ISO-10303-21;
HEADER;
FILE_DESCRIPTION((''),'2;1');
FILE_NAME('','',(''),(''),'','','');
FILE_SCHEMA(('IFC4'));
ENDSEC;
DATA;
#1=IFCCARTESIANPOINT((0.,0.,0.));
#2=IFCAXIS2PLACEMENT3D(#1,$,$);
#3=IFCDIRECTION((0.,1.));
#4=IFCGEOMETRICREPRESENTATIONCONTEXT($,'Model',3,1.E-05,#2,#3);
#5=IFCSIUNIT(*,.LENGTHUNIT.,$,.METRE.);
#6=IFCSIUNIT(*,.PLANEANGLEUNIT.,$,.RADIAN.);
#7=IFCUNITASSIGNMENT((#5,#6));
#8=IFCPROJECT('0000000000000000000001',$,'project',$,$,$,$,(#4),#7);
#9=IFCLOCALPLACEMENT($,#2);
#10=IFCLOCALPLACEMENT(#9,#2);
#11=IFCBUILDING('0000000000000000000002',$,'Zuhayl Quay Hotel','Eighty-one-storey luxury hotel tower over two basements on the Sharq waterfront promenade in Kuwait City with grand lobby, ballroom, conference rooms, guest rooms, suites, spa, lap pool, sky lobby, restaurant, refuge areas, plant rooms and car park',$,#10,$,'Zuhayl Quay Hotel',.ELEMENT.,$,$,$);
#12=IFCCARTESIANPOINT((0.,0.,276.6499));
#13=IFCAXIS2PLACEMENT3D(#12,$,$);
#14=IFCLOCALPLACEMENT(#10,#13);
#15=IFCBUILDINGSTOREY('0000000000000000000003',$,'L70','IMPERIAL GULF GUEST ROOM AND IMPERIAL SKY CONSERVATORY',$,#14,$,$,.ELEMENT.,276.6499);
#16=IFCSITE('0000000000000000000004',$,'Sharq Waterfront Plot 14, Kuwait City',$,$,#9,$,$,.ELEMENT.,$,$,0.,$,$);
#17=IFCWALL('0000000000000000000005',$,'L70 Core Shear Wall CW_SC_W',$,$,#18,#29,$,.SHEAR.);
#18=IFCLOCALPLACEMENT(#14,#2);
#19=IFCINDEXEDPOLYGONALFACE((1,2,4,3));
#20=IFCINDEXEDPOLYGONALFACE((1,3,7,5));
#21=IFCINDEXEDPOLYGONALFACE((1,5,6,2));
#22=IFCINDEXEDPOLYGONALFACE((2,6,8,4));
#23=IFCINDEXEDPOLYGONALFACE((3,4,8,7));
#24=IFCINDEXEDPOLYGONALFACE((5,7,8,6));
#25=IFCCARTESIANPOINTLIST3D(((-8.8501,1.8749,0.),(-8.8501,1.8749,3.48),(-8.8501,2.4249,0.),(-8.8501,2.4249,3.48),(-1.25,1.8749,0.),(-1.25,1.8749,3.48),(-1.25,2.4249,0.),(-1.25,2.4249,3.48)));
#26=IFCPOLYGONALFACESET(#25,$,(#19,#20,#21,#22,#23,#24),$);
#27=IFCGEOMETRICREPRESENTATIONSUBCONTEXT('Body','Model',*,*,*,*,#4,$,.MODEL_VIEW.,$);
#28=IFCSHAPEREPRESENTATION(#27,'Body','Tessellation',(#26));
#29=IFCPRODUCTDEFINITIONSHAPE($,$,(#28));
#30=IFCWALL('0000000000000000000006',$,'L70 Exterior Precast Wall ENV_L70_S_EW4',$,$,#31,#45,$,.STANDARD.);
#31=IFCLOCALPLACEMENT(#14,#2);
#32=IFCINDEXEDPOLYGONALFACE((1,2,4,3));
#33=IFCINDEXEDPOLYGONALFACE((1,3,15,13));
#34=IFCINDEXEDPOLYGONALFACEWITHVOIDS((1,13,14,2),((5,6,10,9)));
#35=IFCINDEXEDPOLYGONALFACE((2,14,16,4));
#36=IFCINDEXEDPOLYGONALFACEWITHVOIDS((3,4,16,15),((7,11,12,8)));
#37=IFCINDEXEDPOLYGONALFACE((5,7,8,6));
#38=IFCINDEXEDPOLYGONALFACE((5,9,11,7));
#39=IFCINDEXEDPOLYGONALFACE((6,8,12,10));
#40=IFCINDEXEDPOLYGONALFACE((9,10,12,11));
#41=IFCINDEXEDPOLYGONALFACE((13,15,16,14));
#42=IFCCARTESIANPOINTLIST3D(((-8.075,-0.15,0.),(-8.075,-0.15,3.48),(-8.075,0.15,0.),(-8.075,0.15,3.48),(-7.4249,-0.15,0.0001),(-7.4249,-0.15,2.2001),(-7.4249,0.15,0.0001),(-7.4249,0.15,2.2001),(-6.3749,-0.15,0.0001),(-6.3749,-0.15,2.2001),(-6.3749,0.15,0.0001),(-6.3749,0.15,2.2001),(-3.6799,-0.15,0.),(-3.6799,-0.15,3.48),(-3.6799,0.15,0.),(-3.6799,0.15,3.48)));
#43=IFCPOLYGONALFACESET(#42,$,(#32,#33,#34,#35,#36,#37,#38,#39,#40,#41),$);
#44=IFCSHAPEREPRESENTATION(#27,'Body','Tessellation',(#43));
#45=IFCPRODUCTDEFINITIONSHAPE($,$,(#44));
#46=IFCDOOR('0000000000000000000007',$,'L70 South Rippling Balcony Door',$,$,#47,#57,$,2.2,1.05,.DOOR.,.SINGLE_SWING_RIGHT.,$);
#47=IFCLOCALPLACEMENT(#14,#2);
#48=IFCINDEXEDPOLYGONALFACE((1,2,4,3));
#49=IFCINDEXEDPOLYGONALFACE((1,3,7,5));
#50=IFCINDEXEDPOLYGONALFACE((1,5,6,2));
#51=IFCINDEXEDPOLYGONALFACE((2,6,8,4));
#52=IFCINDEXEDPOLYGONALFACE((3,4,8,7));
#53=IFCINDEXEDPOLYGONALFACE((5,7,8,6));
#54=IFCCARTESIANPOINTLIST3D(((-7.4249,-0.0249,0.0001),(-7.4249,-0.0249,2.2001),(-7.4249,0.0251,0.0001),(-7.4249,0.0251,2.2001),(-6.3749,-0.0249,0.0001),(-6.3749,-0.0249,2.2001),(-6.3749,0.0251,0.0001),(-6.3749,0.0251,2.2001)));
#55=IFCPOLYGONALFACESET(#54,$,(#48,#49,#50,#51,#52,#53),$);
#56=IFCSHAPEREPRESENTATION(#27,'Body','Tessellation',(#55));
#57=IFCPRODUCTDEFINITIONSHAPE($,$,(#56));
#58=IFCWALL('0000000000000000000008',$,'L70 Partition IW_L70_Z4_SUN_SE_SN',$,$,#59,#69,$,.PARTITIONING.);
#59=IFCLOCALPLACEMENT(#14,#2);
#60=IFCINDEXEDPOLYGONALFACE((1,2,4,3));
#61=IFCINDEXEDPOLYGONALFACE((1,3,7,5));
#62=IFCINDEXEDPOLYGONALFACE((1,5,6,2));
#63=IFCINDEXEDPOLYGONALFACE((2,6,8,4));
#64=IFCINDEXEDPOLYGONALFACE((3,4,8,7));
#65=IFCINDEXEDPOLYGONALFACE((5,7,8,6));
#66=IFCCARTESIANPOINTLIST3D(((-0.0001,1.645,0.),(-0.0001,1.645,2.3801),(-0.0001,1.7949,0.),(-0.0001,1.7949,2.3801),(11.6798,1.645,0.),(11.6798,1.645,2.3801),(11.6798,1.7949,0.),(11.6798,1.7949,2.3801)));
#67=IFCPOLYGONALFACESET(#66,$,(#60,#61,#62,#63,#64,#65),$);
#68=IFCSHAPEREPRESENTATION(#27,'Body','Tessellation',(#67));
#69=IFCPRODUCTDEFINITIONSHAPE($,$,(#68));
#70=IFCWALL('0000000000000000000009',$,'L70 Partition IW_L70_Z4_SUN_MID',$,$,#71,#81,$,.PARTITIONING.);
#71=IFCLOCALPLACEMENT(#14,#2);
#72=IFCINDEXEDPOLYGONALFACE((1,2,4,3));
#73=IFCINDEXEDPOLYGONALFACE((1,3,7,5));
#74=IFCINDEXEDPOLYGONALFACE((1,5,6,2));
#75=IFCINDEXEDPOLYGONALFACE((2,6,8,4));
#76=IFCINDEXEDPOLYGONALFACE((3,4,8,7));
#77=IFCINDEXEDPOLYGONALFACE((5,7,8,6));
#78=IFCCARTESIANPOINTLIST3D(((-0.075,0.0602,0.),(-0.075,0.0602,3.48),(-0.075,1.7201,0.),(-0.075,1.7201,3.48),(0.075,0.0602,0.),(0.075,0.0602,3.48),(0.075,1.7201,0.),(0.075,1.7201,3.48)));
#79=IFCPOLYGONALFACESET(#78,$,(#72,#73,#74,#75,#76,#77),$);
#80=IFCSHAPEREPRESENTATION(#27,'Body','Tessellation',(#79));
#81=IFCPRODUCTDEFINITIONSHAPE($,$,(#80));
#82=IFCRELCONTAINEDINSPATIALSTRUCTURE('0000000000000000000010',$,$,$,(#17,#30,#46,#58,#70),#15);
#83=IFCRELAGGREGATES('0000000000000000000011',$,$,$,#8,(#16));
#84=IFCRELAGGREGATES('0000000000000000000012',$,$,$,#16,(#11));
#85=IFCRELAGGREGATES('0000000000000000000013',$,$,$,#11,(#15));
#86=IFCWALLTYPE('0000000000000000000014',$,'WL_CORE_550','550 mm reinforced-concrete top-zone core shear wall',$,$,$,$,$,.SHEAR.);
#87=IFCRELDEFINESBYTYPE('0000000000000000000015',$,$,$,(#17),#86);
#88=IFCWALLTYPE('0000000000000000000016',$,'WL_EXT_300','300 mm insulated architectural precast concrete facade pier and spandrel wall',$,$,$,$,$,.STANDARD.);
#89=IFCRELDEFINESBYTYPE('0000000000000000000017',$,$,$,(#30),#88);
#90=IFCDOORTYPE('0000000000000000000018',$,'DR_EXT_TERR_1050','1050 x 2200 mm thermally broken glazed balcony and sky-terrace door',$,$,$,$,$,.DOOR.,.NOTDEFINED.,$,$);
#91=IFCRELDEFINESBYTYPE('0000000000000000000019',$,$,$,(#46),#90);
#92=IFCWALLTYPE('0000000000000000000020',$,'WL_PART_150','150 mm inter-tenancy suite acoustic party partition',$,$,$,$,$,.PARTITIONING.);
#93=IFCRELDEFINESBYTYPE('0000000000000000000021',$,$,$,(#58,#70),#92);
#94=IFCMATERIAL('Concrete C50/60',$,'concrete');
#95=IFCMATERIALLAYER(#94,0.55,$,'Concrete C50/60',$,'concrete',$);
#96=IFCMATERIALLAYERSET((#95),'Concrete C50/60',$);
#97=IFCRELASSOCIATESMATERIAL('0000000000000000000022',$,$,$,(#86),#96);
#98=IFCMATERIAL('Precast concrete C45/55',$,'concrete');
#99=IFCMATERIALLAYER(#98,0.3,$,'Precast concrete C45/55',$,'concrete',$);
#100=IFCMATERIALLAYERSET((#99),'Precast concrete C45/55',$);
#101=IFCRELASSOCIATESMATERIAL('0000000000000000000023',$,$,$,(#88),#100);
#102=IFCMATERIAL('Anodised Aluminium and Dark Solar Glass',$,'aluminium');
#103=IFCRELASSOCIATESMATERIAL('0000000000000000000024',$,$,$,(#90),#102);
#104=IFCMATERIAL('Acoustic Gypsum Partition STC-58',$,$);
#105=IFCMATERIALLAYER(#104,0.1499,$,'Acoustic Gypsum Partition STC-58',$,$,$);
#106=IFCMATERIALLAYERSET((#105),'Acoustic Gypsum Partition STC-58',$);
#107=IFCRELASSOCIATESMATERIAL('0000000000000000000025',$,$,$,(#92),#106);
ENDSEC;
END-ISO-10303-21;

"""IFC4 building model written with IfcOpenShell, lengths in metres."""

from ifc_helpers import new_model, si_unit, direction, frame, frame_2d, origin, place, context, subcontext, project, spatial, rectangle, extrude, material, layer, layer_set, type_object, element, fill, save


model = new_model("IFC4")

# Units and contexts
model_context = context("Model", 3, precision=1e-05, world=origin(), true_north=direction((0.0, 1.0)))
body_context = subcontext(model_context, "Body", "Model", "MODEL_VIEW")
ifc_project = project(units=[si_unit("LENGTHUNIT", "METRE"), si_unit("PLANEANGLEUNIT", "RADIAN")], contexts=[model_context])

# Site, building, storey
site_placement = place(None, origin())
site = spatial("IfcSite", under=ifc_project, at=site_placement, Name="Sharq Waterfront Plot 14, Kuwait City", CompositionType="ELEMENT", RefElevation=0.0)
building_placement = place(site_placement, origin())
building = spatial("IfcBuilding", under=site, at=building_placement, Name="Zuhayl Quay Hotel", Description="Eighty-one-storey luxury hotel tower over two basements on the Sharq waterfront promenade in Kuwait City with grand lobby, ballroom, conference rooms, guest rooms, suites, spa, lap pool, sky lobby, restaurant, refuge areas, plant rooms and car park", LongName="Zuhayl Quay Hotel", CompositionType="ELEMENT")
storey_placement = place(building_placement, frame((0.0, 0.0, 276.6499)))
storey = spatial("IfcBuildingStorey", under=building, at=storey_placement, Name="L70", Description="IMPERIAL GULF GUEST ROOM AND IMPERIAL SKY CONSERVATORY", CompositionType="ELEMENT", Elevation=276.6499)

# Wall
ifc_material_1 = material(Name="Concrete C50/60", Category="concrete")
ifc_layer_1 = layer(ifc_material_1, 0.55, Name="Concrete C50/60", Category="concrete")
ifc_layer_set_1 = layer_set([ifc_layer_1], Name="Concrete C50/60")
wall_type_1 = type_object("IfcWallType", Name="WL_CORE_550", Description="550 mm reinforced-concrete top-zone core shear wall", PredefinedType="SHEAR", material=ifc_layer_set_1)
wall_1_placement = place(storey_placement, frame((-8.8501, 2.1499, 0.0), z_axis=(0.0, 0.0, 1.0), x_axis=(1.0, 0.0, 0.0)))
element("IfcWall", 1, at=wall_1_placement, inside=storey, type_object=wall_type_1, Name="L70 Core Shear Wall CW_SC_W", PredefinedType="SHEAR", context=body_context, shape_type="SweptSolid", body=[
    extrude(rectangle(XDim=7.6001, YDim=0.55, at=frame_2d((3.8, 0.0))), origin(), (0.0, 0.0, 1.0), 3.48),
])

# Wall, opening, door
ifc_material_2 = material(Name="Precast concrete C45/55", Category="concrete")
ifc_layer_2 = layer(ifc_material_2, 0.3, Name="Precast concrete C45/55", Category="concrete")
ifc_layer_set_2 = layer_set([ifc_layer_2], Name="Precast concrete C45/55")
wall_type_2 = type_object("IfcWallType", Name="WL_EXT_300", Description="300 mm insulated architectural precast concrete facade pier and spandrel wall", PredefinedType="STANDARD", material=ifc_layer_set_2)
wall_2_placement = place(storey_placement, frame((-3.6799, 0.0, 0.0), z_axis=(0.0, 0.0, 1.0), x_axis=(-1.0, 0.0, 0.0)))
wall_2 = element("IfcWall", 2, at=wall_2_placement, inside=storey, type_object=wall_type_2, Name="L70 Exterior Precast Wall ENV_L70_S_EW4", PredefinedType="STANDARD", context=body_context, shape_type="SweptSolid", body=[
    extrude(rectangle(XDim=4.395, YDim=0.3, at=frame_2d((2.1975, 0.0))), origin(), (0.0, 0.0, 1.0), 3.48),
])
opening_placement = place(wall_2_placement, frame((2.6951, 0.0, 0.0)))
opening = element("IfcOpeningElement", 3, at=opening_placement, cuts=wall_2, PredefinedType="OPENING", context=body_context, shape_type="SweptSolid", body=[
    extrude(rectangle(XDim=1.05, YDim=2.2, at=frame_2d((0.5249, 1.1001))), frame((0.0, 0.1599, 0.0), z_axis=(0.0, -1.0, 0.0), x_axis=(1.0, 0.0, 0.0)), (0.0, 0.0, 1.0), 0.3201),
])
ifc_material_3 = material(Name="Anodised Aluminium and Dark Solar Glass", Category="aluminium")
door_type = type_object("IfcDoorType", Name="DR_EXT_TERR_1050", Description="1050 x 2200 mm thermally broken glazed balcony and sky-terrace door", OperationType="NOTDEFINED", PredefinedType="DOOR", material=ifc_material_3)
door_placement = place(opening_placement, origin())
door = element("IfcDoor", 4, at=door_placement, inside=storey, type_object=door_type, Name="L70 South Rippling Balcony Door", OperationType="SINGLE_SWING_RIGHT", OverallHeight=2.2, OverallWidth=1.05, PredefinedType="DOOR", context=body_context, shape_type="SweptSolid", body=[
    extrude(rectangle(XDim=1.05, YDim=2.2, at=frame_2d((0.5249, 1.1001))), frame((0.0, 0.0249, 0.0), z_axis=(0.0, -1.0, 0.0), x_axis=(1.0, 0.0, 0.0)), (0.0, 0.0, 1.0), 0.05),
])
fill(opening, door)

# Walls
ifc_material_4 = material(Name="Acoustic Gypsum Partition STC-58")
ifc_layer_3 = layer(ifc_material_4, 0.1499, Name="Acoustic Gypsum Partition STC-58")
ifc_layer_set_3 = layer_set([ifc_layer_3], Name="Acoustic Gypsum Partition STC-58")
wall_type_3 = type_object("IfcWallType", Name="WL_PART_150", Description="150 mm inter-tenancy suite acoustic party partition", PredefinedType="PARTITIONING", material=ifc_layer_set_3)
wall_3_placement = place(storey_placement, frame((0.0, 1.72, 0.0), z_axis=(0.0, 0.0, 1.0), x_axis=(1.0, 0.0, 0.0)))
element("IfcWall", 5, at=wall_3_placement, inside=storey, type_object=wall_type_3, Name="L70 Partition IW_L70_Z4_SUN_SE_SN", PredefinedType="PARTITIONING", context=body_context, shape_type="SweptSolid", body=[
    extrude(rectangle(XDim=11.6799, YDim=0.1499, at=frame_2d((5.8398, 0.0))), origin(), (0.0, 0.0, 1.0), 2.3801),
])
wall_4_placement = place(storey_placement, frame((0.0, 0.0601, 0.0), z_axis=(0.0, 0.0, 1.0), x_axis=(0.0, 1.0, 0.0)))
element("IfcWall", 6, at=wall_4_placement, inside=storey, type_object=wall_type_3, Name="L70 Partition IW_L70_Z4_SUN_MID", PredefinedType="PARTITIONING", context=body_context, shape_type="SweptSolid", body=[
    extrude(rectangle(XDim=1.6599, YDim=0.1499, at=frame_2d((0.8301, 0.0))), origin(), (0.0, 0.0, 1.0), 3.48),
])

save(model, "model.ifc")
